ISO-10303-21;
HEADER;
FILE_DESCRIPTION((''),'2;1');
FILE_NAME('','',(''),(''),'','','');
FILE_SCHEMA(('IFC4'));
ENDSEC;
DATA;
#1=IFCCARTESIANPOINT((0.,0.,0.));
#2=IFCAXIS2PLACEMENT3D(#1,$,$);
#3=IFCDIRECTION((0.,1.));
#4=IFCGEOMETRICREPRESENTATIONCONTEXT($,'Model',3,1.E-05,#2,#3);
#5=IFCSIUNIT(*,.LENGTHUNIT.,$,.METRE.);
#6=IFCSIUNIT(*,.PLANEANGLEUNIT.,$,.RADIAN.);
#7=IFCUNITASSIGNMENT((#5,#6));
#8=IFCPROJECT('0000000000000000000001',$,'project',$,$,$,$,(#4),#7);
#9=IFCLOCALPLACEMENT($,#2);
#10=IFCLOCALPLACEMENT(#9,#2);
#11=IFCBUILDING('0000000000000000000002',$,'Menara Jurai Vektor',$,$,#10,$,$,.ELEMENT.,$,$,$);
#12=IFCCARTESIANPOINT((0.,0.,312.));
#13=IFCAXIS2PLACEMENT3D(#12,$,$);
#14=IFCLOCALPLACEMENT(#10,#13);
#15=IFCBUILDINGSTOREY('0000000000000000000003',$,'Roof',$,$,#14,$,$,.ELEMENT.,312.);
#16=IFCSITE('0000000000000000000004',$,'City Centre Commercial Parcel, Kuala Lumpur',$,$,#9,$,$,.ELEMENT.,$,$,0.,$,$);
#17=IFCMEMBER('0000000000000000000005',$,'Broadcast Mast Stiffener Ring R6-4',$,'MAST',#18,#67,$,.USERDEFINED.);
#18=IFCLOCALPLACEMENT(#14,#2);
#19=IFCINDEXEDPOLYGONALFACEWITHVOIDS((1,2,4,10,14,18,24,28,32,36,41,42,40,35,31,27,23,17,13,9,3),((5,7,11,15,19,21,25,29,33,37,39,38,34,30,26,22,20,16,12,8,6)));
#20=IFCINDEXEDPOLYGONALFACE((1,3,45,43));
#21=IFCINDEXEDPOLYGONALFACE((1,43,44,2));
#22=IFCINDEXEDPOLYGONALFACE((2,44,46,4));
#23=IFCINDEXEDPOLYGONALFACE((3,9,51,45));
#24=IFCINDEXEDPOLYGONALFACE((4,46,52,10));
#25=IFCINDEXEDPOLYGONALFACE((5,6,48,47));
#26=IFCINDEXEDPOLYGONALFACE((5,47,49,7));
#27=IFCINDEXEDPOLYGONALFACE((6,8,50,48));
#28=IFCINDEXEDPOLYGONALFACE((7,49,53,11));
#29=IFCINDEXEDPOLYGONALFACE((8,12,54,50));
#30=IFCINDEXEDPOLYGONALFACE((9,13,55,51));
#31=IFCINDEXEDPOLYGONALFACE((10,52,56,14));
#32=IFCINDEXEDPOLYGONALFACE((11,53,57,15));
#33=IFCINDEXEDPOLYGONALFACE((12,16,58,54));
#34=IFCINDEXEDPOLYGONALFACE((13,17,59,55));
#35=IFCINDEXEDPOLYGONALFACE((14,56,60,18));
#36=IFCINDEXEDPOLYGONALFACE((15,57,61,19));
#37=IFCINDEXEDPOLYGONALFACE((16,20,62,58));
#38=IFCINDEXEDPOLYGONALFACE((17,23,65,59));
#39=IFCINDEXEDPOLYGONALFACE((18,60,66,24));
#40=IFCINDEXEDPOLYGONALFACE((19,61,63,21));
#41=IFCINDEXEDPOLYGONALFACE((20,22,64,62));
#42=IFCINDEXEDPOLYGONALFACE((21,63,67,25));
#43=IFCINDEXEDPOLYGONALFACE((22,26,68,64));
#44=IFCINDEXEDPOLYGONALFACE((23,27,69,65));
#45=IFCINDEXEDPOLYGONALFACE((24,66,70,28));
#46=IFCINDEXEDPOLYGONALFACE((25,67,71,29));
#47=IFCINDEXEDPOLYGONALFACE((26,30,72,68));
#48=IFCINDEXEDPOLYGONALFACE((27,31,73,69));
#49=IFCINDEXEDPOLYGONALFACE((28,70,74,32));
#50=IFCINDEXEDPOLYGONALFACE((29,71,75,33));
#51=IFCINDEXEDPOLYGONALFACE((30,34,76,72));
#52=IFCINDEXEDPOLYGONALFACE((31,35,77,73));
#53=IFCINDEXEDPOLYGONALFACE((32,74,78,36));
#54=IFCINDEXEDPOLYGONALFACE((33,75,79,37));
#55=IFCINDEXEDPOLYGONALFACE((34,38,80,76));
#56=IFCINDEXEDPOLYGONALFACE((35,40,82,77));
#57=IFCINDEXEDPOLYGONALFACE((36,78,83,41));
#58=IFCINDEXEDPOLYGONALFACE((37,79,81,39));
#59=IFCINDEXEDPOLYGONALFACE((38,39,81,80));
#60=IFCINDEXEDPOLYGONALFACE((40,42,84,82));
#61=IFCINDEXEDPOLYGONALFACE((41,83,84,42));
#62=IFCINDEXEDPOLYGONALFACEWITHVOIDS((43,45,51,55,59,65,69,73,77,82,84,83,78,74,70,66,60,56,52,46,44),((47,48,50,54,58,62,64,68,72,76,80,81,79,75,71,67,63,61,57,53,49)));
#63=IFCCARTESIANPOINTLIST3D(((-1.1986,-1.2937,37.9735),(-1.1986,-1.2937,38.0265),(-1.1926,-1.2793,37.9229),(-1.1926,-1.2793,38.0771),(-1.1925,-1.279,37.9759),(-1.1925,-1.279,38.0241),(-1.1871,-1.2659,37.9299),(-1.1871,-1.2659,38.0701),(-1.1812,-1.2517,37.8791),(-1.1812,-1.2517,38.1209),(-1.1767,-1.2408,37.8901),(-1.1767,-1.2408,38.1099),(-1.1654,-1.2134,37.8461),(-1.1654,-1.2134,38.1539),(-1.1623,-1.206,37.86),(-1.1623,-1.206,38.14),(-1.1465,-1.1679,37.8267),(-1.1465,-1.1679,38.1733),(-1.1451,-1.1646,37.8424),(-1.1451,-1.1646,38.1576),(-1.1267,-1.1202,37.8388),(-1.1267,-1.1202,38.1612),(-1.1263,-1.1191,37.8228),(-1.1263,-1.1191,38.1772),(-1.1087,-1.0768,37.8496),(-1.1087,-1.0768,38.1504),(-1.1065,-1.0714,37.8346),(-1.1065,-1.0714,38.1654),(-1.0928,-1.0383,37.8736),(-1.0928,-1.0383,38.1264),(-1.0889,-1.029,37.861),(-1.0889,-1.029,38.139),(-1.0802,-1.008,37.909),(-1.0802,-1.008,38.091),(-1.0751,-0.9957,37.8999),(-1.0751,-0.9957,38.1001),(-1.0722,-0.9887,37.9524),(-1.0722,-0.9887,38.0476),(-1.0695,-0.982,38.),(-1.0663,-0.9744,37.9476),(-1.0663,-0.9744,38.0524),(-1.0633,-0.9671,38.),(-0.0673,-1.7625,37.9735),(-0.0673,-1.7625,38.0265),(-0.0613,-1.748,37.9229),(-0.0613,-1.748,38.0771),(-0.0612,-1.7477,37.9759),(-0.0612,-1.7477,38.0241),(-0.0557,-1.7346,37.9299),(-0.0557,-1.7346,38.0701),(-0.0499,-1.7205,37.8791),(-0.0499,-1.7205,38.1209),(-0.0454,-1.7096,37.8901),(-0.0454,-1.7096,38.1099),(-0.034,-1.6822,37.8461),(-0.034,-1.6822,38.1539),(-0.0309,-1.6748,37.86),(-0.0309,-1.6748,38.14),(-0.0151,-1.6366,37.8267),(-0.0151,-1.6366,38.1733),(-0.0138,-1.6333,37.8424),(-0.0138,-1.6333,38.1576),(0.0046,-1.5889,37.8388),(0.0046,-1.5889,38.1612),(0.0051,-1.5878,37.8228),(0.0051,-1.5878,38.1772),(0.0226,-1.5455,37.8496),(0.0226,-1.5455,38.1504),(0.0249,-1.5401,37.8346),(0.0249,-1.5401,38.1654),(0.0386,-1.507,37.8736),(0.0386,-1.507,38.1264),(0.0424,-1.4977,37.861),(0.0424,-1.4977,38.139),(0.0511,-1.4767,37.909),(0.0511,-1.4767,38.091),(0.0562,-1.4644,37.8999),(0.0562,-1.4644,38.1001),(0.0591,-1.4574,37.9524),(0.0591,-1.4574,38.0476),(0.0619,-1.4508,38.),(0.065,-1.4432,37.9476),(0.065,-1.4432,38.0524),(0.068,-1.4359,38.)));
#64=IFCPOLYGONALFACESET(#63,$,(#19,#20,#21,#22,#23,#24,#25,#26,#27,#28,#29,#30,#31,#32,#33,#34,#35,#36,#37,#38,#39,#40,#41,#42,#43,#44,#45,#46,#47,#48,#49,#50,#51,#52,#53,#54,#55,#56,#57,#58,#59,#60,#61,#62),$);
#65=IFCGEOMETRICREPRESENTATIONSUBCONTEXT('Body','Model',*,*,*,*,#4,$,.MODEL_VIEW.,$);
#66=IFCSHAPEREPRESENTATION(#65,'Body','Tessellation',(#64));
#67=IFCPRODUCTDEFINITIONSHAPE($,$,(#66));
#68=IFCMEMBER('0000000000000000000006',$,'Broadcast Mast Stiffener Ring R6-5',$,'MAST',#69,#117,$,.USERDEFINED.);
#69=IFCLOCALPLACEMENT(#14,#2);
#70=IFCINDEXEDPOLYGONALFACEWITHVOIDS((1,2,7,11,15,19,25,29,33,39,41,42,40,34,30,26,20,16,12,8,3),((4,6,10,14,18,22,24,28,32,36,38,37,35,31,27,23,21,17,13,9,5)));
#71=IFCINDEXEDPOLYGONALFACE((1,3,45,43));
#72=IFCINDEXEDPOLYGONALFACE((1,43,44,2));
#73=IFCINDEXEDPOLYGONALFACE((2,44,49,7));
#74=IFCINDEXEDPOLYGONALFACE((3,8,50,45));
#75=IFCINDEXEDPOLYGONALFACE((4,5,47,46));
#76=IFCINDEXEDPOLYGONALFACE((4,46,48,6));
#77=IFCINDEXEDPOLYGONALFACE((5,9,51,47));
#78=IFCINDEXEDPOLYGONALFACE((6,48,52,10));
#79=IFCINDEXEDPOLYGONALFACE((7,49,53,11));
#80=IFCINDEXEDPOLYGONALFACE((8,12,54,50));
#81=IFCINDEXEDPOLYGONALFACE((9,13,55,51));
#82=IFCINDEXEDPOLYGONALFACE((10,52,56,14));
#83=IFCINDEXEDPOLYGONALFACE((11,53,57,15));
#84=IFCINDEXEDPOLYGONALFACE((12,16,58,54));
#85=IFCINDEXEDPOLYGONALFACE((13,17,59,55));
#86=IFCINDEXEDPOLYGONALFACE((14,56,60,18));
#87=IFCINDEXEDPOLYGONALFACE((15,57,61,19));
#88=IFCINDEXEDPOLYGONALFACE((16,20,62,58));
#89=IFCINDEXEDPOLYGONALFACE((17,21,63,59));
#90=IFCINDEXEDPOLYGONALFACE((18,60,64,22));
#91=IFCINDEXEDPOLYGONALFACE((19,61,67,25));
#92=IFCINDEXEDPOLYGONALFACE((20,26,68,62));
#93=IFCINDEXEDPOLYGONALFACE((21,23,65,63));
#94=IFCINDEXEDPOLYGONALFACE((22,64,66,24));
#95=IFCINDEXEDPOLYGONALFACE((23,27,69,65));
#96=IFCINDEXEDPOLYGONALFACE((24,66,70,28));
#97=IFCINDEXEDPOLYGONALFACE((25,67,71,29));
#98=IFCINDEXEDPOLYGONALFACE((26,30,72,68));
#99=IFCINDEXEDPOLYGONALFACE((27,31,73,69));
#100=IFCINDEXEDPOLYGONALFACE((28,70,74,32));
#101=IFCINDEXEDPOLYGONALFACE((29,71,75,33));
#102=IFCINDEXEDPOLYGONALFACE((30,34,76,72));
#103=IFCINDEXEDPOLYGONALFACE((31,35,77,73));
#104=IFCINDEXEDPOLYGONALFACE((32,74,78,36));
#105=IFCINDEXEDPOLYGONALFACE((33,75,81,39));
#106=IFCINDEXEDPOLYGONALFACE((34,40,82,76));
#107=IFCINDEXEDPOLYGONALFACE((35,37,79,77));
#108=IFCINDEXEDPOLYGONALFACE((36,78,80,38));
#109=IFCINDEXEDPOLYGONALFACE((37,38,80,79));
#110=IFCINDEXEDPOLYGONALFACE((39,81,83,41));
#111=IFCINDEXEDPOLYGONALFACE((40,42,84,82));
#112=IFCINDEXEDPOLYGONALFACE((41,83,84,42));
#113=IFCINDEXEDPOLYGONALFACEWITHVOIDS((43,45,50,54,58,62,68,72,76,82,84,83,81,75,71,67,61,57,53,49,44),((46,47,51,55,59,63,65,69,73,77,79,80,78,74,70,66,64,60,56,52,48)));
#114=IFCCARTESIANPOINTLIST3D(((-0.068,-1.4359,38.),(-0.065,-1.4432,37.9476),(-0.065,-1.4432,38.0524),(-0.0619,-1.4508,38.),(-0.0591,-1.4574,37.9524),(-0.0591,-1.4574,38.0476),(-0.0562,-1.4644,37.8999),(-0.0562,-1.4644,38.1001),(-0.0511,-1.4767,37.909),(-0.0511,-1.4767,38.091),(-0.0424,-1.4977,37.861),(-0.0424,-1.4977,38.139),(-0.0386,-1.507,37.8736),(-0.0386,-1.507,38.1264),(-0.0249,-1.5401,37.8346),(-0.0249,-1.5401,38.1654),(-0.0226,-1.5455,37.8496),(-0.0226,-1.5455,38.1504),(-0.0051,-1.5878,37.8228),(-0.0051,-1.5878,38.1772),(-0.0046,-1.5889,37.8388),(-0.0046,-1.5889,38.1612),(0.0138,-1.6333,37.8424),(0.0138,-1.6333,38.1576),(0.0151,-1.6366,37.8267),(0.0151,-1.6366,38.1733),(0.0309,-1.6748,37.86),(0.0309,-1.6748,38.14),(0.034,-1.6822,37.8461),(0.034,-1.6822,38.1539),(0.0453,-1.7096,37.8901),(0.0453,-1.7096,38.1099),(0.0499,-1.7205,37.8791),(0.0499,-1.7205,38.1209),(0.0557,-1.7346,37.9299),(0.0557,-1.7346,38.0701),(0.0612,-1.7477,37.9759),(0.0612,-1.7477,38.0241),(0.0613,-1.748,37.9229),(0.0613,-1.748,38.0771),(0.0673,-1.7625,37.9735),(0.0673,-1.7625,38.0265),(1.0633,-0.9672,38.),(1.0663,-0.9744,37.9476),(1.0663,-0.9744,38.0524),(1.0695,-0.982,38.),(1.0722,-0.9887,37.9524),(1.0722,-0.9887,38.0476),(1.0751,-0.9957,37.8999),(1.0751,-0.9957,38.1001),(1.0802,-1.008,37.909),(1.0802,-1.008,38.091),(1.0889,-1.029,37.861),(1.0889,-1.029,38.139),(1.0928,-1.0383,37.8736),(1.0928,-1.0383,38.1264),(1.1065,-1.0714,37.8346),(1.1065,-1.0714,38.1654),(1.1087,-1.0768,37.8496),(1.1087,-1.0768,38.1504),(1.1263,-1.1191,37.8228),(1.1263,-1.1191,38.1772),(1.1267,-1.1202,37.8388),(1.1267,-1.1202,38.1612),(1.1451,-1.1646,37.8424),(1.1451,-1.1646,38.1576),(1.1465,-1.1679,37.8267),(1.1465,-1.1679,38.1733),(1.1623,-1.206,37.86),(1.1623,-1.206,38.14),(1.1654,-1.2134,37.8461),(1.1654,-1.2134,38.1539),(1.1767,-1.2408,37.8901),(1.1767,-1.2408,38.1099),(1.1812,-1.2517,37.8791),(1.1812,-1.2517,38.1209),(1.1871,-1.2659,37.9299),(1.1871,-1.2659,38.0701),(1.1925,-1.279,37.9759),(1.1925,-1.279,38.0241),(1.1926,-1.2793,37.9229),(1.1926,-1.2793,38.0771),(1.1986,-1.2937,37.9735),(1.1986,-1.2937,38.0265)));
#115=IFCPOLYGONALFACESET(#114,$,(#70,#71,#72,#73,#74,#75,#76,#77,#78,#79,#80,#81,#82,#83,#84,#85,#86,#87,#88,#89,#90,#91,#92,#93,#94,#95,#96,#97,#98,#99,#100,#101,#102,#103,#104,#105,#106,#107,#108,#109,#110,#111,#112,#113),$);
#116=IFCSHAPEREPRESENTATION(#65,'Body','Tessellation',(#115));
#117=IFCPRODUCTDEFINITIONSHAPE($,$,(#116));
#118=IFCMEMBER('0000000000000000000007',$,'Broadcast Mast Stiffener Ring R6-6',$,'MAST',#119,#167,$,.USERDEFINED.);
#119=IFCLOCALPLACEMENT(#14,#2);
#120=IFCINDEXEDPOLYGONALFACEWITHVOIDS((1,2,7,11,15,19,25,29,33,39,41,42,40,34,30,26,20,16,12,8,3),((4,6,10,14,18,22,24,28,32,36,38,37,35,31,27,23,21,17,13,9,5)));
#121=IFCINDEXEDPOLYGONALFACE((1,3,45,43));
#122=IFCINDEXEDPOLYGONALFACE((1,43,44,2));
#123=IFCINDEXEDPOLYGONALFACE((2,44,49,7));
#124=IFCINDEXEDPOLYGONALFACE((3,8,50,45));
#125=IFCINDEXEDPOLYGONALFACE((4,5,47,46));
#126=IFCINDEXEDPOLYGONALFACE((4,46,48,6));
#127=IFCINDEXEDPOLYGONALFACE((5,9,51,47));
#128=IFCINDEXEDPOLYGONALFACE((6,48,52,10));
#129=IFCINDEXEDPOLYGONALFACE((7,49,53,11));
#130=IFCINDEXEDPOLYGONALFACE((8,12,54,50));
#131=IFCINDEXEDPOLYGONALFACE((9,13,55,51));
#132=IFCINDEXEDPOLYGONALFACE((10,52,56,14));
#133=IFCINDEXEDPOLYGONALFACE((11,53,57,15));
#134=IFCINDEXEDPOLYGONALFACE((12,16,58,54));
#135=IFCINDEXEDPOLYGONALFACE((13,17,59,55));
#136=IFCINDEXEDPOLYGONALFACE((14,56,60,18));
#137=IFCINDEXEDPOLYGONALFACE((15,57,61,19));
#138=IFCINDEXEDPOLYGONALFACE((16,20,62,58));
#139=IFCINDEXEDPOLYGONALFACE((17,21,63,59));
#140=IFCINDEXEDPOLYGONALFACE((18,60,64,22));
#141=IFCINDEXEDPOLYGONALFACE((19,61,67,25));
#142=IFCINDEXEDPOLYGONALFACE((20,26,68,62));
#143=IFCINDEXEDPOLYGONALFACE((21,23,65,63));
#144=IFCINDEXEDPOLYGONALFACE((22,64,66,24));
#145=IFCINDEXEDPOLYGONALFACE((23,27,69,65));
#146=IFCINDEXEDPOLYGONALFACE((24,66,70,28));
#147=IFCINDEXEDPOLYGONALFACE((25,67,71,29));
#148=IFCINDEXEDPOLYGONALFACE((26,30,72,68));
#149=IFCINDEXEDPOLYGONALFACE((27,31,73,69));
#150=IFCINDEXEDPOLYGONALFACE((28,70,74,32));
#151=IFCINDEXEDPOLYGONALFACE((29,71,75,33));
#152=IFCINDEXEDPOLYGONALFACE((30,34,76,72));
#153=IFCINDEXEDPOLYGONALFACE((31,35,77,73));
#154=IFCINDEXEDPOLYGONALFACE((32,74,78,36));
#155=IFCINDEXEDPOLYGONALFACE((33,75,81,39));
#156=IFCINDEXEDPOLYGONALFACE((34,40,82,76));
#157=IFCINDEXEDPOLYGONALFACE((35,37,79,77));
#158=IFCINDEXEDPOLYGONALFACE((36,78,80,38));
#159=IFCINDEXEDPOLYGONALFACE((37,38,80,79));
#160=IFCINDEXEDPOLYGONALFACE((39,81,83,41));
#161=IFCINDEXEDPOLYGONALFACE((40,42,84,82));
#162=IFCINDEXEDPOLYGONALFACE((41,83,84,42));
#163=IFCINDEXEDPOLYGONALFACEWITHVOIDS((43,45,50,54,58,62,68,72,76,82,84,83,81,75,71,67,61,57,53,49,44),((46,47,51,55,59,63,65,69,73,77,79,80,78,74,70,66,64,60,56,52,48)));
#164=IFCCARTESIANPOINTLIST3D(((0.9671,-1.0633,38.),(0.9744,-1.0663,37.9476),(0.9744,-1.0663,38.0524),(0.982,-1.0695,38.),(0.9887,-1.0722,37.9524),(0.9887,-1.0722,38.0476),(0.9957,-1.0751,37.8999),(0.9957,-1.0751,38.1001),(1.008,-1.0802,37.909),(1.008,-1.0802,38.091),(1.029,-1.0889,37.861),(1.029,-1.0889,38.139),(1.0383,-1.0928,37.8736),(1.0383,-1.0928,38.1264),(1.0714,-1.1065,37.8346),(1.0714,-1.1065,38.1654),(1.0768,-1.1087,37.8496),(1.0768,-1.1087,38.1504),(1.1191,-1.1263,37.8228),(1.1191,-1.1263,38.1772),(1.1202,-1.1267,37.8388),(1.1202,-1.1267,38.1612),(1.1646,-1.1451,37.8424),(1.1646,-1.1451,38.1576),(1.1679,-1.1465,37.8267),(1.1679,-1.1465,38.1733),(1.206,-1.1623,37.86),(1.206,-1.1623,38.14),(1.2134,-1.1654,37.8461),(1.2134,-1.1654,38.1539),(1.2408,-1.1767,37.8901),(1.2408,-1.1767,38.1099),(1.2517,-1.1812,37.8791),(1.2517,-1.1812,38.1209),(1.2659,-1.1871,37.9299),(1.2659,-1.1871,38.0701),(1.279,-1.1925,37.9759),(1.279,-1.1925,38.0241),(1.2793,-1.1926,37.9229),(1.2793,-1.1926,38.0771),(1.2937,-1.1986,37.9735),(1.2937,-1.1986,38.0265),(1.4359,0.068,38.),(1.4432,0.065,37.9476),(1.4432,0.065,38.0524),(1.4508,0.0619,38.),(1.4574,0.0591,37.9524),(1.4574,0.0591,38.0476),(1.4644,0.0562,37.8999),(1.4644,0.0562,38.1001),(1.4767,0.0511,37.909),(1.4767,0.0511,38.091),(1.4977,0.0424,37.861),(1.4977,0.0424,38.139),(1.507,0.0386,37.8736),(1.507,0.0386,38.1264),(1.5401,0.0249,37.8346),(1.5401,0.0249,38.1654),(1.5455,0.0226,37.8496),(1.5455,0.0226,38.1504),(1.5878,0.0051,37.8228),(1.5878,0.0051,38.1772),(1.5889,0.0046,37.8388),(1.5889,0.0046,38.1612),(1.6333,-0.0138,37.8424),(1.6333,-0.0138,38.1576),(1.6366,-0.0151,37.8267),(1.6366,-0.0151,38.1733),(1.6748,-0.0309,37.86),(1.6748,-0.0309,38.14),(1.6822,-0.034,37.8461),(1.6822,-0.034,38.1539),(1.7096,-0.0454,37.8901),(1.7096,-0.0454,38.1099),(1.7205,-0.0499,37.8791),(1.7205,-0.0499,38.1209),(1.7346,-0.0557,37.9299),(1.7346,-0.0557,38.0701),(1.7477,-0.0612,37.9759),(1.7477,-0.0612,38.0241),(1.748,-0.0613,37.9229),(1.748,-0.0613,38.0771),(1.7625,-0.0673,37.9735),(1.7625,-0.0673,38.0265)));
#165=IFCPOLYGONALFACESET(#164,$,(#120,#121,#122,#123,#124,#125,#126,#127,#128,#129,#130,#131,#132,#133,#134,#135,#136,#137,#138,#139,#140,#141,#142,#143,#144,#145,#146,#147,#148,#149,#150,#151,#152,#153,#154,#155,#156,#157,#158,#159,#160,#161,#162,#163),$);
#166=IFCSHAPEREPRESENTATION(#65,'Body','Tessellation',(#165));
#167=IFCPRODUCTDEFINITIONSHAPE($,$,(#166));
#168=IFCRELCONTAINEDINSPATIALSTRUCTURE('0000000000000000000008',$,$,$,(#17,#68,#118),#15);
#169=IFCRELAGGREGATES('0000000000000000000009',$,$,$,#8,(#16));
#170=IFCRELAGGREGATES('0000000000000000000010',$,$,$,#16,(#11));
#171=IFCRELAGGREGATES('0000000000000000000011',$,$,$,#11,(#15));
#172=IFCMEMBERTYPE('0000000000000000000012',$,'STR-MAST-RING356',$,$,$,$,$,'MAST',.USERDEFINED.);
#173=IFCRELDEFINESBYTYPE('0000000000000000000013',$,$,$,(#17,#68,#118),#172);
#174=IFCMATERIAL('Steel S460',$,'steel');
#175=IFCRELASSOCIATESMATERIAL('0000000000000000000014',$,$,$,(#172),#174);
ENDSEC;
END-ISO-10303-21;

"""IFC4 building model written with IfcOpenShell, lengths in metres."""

from ifc_helpers import new_model, si_unit, direction, frame, origin, origin_2d, place, context, subcontext, project, spatial, hollow_circle, extrude, material, material_profile, profile_set, type_object, element, save


model = new_model("IFC4")

# Units and contexts
model_context = context("Model", 3, precision=1e-05, world=origin(), true_north=direction((0.0, 1.0)))
body_context = subcontext(model_context, "Body", "Model", "MODEL_VIEW")
ifc_project = project(units=[si_unit("LENGTHUNIT", "METRE"), si_unit("PLANEANGLEUNIT", "RADIAN")], contexts=[model_context])

# Site, building, storey
site_placement = place(None, origin())
site = spatial("IfcSite", under=ifc_project, at=site_placement, Name="City Centre Commercial Parcel, Kuala Lumpur", CompositionType="ELEMENT", RefElevation=0.0)
building_placement = place(site_placement, origin())
building = spatial("IfcBuilding", under=site, at=building_placement, Name="Menara Jurai Vektor", CompositionType="ELEMENT")
storey_placement = place(building_placement, frame((0.0, 0.0, 312.0)))
storey = spatial("IfcBuildingStorey", under=building, at=storey_placement, Name="Roof", CompositionType="ELEMENT", Elevation=312.0)

# Members
ifc_material = material(Name="Steel S460", Category="steel")
ifc_material_profile_1 = material_profile(ifc_material, hollow_circle(Radius=0.1777, WallThickness=0.0161, at=origin_2d()), Name="CHS 355.6x16")
ifc_profile_set_1 = profile_set([ifc_material_profile_1], Name="Steel S460")
member_type_1 = type_object("IfcMemberType", Name="STR-MAST-RING356", ElementType="MAST", PredefinedType="USERDEFINED", material=ifc_profile_set_1)
for number, where, z_axis, x_axis, name in (
    (1, (-1.1313, -1.1313, 38.0), (0.923842, -0.382774, 0.0), (0.382774, 0.923842, 0.0), "Broadcast Mast Stiffener Ring R6-4"),
    (2, (0.0, -1.6001, 38.0), (0.923842, 0.382774, 0.0), (-0.382774, 0.923842, 0.0), "Broadcast Mast Stiffener Ring R6-5"),
    (3, (1.1313, -1.1313, 38.0), (0.382774, 0.923842, 0.0), (-0.923842, 0.382774, 0.0), "Broadcast Mast Stiffener Ring R6-6"),
):
    element("IfcMember", number, at=place(storey_placement, frame(where, z_axis=z_axis, x_axis=x_axis)), inside=storey, type_object=member_type_1, Name=name, ObjectType="MAST", PredefinedType="USERDEFINED", context=body_context, shape_type="SweptSolid", body=[
        extrude(hollow_circle(Radius=0.1777, WallThickness=0.0161, at=origin_2d()), origin(), (0.0, 0.0, 1.0), 1.2246),
    ])

save(model, "model.ifc")
